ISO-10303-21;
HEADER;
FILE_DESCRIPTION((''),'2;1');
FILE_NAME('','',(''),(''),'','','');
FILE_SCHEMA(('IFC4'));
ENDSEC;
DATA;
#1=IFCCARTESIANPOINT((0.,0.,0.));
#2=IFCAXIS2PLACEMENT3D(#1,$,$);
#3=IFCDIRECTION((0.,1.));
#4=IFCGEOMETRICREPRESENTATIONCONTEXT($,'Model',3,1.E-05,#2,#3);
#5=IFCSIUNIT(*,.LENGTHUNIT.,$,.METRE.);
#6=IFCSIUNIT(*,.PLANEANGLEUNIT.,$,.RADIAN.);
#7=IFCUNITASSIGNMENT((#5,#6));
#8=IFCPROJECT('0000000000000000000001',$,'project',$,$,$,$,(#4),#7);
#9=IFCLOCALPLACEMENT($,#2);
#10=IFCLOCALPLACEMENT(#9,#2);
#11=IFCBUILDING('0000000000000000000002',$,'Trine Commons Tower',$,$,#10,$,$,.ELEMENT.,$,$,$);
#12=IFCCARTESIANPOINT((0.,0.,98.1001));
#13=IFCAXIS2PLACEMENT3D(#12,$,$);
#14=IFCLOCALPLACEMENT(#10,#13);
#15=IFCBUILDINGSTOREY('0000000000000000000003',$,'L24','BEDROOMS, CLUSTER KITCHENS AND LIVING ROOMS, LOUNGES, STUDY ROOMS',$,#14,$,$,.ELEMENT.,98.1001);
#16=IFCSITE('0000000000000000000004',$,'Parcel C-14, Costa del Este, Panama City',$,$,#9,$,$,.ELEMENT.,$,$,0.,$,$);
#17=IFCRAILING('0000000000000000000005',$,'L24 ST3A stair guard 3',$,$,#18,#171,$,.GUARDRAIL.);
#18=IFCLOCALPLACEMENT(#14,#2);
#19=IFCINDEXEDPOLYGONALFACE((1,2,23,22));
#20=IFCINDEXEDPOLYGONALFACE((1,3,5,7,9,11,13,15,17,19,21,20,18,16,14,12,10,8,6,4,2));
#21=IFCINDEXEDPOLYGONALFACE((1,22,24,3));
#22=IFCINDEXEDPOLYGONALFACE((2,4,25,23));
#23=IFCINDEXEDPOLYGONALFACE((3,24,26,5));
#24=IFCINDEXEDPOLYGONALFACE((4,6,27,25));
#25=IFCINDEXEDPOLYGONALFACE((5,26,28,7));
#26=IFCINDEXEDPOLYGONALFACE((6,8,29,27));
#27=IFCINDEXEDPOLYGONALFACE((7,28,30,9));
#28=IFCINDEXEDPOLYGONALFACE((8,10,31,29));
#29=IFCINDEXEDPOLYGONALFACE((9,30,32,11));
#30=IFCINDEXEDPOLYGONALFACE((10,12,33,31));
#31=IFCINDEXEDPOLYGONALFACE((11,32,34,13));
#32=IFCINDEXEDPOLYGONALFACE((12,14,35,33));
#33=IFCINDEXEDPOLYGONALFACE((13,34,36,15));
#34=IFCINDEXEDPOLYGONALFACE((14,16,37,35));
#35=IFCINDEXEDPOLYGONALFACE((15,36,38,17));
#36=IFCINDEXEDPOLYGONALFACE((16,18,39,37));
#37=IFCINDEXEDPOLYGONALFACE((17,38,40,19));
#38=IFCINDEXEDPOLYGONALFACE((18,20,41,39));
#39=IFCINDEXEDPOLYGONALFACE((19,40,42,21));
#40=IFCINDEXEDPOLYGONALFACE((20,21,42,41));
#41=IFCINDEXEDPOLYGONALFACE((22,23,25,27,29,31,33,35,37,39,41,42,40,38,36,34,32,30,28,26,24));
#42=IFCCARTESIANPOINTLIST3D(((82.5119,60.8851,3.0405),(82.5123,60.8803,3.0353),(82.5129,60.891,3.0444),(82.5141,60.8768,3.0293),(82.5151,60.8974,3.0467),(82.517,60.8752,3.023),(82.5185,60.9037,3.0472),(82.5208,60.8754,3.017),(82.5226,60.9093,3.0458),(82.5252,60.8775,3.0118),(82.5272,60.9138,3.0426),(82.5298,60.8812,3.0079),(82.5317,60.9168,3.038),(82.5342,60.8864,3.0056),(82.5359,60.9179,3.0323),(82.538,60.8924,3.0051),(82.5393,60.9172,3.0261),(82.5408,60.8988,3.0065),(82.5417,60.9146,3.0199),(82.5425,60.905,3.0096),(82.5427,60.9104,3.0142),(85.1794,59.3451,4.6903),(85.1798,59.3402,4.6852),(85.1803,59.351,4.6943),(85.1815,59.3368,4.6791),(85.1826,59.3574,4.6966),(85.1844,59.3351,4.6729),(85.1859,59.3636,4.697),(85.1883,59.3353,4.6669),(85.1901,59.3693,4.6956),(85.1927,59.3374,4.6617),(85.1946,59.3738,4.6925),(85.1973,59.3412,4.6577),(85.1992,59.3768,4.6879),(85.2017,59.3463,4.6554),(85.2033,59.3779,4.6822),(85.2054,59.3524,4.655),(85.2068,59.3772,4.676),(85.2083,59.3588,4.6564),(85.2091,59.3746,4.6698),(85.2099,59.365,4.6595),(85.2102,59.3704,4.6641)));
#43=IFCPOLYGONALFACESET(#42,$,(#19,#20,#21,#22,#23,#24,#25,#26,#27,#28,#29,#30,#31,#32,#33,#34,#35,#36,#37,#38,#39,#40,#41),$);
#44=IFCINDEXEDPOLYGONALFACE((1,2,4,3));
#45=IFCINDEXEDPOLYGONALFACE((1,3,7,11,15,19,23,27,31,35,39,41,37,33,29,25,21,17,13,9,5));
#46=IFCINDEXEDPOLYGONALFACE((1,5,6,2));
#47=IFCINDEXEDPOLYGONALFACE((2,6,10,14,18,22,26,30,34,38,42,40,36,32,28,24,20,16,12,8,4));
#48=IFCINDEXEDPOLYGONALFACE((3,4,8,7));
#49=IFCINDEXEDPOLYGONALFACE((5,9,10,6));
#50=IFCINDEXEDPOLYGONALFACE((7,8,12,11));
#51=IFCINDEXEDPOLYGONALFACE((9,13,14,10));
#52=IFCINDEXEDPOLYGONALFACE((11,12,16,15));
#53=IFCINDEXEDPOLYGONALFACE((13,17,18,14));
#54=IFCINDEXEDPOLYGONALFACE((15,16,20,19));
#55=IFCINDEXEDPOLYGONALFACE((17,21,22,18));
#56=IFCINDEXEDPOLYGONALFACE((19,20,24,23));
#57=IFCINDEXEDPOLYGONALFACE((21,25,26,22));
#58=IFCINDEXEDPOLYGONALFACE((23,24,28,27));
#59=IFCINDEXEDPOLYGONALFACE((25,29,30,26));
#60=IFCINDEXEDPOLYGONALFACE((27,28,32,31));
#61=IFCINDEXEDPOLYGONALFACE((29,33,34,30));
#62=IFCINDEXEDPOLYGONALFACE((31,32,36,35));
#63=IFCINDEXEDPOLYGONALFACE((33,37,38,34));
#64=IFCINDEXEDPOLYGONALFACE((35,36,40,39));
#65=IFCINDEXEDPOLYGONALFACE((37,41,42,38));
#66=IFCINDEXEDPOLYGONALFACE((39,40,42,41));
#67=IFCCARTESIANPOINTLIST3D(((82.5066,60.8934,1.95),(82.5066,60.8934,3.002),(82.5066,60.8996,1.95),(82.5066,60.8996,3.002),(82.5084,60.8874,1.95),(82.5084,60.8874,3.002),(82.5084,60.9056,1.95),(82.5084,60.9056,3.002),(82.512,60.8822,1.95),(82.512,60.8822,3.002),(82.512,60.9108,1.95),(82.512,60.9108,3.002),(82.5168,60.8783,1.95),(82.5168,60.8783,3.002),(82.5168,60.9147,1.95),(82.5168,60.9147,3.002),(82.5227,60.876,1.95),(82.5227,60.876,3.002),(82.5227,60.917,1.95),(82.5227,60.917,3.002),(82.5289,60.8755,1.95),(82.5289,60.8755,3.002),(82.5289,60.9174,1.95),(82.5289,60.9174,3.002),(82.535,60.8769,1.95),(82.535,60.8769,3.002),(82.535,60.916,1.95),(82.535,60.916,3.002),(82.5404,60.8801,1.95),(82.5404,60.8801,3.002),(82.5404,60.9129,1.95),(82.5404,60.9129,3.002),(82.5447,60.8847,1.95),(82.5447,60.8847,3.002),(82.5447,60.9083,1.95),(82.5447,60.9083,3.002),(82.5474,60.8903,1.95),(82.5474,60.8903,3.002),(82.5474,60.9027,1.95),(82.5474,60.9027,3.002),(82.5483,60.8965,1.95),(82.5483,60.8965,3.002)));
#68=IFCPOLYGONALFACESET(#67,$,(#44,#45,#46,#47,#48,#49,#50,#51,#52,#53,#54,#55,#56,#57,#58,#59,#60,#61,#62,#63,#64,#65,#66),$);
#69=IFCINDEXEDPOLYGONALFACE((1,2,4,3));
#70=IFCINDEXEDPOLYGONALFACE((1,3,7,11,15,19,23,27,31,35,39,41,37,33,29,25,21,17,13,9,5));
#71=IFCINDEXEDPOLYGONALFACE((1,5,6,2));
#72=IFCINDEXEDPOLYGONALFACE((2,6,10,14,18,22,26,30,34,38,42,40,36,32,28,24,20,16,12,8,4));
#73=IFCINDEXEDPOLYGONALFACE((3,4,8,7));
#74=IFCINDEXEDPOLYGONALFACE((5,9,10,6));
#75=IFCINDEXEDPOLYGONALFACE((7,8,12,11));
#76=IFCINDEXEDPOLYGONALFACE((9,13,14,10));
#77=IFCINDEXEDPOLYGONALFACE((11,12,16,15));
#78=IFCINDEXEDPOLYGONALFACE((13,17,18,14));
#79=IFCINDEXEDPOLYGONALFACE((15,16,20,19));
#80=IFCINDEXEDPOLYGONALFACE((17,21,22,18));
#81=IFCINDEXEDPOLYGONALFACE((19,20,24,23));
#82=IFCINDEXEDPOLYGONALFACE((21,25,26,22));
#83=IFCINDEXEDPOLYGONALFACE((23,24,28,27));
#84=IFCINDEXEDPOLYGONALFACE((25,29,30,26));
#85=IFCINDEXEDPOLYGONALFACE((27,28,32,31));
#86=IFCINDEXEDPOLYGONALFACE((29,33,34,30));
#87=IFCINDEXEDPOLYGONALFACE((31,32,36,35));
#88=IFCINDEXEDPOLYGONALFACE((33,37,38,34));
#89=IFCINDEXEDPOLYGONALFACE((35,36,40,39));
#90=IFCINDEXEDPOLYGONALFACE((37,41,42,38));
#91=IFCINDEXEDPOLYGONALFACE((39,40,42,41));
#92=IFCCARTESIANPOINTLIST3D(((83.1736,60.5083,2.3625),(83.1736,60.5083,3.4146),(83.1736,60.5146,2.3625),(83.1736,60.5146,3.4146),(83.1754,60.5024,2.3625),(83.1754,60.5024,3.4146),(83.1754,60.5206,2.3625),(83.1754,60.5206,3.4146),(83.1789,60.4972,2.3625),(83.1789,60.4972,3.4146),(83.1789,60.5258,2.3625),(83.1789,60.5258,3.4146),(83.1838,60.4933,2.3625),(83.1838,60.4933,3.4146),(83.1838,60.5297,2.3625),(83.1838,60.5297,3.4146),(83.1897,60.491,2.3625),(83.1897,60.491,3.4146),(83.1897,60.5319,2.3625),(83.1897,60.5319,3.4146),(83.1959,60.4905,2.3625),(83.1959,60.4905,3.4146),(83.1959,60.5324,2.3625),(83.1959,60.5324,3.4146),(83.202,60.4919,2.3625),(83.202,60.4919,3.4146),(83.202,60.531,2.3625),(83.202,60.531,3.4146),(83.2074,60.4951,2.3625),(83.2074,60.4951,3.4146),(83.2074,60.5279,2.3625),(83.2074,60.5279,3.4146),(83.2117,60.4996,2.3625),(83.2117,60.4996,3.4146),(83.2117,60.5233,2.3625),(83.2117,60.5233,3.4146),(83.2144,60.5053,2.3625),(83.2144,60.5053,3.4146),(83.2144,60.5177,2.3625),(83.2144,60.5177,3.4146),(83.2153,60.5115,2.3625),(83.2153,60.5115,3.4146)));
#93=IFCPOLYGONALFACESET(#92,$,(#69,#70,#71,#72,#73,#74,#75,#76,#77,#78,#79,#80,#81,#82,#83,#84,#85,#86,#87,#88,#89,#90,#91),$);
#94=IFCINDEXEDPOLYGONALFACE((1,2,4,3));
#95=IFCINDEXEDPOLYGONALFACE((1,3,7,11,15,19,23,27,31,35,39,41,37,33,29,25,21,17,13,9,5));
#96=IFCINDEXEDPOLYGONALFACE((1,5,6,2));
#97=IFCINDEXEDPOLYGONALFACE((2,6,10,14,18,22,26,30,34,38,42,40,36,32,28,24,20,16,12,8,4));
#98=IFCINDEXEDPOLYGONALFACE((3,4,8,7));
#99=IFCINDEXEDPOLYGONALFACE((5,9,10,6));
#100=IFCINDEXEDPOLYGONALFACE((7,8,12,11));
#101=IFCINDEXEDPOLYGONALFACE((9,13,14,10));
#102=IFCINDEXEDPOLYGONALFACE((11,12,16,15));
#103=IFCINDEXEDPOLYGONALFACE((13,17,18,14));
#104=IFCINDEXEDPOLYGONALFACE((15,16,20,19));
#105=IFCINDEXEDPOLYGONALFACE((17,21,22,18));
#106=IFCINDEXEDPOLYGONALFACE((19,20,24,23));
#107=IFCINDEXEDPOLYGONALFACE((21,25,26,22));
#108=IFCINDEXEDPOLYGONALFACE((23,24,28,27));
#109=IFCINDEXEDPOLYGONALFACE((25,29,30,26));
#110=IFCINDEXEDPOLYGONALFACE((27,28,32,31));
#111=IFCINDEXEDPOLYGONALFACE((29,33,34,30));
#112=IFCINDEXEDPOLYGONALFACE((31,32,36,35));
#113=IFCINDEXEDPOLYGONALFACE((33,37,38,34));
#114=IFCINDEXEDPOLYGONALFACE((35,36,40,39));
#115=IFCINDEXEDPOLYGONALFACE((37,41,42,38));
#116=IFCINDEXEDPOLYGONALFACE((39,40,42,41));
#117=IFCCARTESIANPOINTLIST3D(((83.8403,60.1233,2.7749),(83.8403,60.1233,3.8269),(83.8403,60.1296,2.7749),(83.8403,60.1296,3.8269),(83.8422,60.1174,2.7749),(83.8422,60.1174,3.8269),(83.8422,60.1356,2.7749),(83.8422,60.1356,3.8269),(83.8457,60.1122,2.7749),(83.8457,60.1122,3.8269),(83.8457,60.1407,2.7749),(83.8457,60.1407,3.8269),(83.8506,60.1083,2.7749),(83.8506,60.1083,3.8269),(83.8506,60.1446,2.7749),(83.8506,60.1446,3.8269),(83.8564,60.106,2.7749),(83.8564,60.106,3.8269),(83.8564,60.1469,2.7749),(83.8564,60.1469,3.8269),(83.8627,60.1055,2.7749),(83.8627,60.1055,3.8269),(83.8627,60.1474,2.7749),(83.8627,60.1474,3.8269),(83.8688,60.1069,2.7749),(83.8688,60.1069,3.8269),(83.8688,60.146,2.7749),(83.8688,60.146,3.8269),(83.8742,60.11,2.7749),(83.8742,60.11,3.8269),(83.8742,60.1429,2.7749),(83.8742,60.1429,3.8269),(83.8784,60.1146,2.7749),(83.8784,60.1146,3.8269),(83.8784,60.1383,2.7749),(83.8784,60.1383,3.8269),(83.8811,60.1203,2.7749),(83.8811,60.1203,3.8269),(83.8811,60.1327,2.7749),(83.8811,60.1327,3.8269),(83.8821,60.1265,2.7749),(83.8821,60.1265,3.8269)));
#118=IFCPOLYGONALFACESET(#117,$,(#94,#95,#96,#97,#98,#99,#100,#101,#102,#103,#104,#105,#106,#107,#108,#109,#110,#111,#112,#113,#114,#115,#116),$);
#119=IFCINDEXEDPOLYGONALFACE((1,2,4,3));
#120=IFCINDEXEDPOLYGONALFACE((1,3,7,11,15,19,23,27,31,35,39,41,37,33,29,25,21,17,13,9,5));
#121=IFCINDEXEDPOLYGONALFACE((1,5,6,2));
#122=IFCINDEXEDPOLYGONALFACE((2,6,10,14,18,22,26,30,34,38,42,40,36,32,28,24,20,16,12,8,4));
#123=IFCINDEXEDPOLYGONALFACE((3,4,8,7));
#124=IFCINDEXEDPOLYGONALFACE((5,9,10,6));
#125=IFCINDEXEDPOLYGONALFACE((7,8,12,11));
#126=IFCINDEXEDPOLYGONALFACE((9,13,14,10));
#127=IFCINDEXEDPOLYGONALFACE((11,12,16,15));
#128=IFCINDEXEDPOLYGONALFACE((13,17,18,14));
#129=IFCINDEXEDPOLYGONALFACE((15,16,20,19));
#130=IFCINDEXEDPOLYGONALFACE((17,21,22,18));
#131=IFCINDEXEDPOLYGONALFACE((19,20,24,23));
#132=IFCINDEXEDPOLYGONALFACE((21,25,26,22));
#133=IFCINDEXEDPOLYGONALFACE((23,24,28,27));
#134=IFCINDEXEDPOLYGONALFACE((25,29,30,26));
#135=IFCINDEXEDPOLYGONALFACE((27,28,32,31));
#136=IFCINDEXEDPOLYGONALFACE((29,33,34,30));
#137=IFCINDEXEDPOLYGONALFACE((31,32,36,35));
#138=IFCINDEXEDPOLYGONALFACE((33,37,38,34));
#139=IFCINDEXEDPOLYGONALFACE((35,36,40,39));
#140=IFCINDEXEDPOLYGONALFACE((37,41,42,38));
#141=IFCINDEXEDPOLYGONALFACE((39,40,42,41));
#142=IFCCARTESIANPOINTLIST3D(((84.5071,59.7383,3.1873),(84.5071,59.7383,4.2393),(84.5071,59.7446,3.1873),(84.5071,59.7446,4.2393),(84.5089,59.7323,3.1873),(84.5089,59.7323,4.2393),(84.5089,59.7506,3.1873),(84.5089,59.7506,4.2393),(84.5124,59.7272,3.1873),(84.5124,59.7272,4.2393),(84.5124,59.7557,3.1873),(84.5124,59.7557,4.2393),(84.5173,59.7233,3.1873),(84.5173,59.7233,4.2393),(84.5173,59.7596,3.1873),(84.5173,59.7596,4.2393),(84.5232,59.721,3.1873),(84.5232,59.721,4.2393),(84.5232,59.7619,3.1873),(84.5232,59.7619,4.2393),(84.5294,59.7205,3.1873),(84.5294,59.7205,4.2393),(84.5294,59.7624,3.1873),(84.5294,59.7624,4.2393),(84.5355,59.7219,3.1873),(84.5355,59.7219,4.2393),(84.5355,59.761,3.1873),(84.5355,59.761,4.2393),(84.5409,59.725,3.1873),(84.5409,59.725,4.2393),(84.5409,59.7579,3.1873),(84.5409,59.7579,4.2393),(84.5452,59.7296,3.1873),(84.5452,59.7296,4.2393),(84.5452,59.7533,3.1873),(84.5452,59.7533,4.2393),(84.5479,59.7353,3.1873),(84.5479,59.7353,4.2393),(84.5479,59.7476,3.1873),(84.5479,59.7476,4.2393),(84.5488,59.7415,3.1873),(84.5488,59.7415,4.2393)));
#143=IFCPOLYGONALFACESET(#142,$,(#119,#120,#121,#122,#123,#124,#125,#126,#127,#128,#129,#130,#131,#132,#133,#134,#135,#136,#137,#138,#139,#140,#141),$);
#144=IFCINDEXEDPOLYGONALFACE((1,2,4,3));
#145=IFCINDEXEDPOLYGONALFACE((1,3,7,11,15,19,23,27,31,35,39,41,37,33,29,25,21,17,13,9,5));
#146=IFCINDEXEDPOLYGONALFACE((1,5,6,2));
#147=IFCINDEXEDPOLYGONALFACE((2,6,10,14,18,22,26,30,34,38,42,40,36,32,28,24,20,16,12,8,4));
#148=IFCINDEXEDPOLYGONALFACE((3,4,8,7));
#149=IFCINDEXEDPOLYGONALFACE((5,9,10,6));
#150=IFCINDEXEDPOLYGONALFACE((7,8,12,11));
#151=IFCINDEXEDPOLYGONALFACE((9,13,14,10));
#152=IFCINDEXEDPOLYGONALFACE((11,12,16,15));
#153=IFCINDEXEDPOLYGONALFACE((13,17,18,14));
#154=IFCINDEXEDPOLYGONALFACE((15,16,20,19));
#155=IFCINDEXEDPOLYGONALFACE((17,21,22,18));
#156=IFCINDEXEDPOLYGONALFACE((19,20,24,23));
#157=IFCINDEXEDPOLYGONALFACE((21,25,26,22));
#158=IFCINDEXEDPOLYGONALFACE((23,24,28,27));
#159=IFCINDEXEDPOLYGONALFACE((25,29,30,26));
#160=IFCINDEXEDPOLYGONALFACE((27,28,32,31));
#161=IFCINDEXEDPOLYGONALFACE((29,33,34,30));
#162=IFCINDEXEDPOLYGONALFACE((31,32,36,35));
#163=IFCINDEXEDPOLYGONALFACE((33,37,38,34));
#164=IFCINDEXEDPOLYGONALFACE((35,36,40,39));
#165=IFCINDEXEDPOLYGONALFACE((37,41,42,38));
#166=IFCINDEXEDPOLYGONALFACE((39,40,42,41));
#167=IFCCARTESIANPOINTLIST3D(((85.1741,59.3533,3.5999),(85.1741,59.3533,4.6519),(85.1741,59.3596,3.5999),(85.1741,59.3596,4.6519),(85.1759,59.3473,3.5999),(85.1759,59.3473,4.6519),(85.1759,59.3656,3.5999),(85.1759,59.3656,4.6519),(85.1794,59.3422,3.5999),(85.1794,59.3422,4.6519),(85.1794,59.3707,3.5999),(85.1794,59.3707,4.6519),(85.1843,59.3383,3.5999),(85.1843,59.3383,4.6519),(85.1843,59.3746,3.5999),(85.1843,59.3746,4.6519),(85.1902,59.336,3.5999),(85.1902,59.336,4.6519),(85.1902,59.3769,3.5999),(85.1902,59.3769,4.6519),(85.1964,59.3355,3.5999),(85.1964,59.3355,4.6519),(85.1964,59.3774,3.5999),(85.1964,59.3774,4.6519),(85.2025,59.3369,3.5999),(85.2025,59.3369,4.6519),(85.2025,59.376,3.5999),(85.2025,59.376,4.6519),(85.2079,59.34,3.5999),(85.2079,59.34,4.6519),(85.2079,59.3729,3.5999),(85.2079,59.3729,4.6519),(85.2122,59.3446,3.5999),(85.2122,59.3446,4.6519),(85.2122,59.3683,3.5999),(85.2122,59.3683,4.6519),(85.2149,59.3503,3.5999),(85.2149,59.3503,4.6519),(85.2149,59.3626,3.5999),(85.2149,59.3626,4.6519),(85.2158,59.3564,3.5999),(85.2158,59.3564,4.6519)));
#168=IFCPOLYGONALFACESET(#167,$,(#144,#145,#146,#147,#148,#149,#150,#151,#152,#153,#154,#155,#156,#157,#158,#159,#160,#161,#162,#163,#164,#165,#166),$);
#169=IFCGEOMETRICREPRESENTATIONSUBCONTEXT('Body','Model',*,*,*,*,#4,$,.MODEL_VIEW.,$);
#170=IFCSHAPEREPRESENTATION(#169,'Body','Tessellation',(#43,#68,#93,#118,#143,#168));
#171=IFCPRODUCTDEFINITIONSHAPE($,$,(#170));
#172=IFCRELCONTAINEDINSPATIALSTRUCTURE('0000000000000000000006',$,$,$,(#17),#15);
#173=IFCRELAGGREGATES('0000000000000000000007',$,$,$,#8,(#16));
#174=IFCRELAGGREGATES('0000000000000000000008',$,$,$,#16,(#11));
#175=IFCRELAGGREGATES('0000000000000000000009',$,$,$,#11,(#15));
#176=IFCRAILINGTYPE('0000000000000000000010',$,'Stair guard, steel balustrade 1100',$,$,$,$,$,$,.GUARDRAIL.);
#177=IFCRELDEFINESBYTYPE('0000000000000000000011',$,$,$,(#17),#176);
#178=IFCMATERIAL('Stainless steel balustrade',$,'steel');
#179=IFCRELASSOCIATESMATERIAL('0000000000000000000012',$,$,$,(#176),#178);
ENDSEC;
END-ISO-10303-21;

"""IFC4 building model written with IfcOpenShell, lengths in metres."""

from ifc_helpers import new_model, si_unit, direction, frame, origin, origin_2d, place, context, subcontext, project, spatial, circle, extrude, material, type_object, element, save


model = new_model("IFC4")

# Units and contexts
model_context = context("Model", 3, precision=1e-05, world=origin(), true_north=direction((0.0, 1.0)))
body_context = subcontext(model_context, "Body", "Model", "MODEL_VIEW")
ifc_project = project(units=[si_unit("LENGTHUNIT", "METRE"), si_unit("PLANEANGLEUNIT", "RADIAN")], contexts=[model_context])

# Site, building, storey
site_placement = place(None, origin())
site = spatial("IfcSite", under=ifc_project, at=site_placement, Name="Parcel C-14, Costa del Este, Panama City", CompositionType="ELEMENT", RefElevation=0.0)
building_placement = place(site_placement, origin())
building = spatial("IfcBuilding", under=site, at=building_placement, Name="Trine Commons Tower", CompositionType="ELEMENT")
storey_placement = place(building_placement, frame((0.0, 0.0, 98.1001)))
storey = spatial("IfcBuildingStorey", under=building, at=storey_placement, Name="L24", Description="BEDROOMS, CLUSTER KITCHENS AND LIVING ROOMS, LOUNGES, STUDY ROOMS", CompositionType="ELEMENT", Elevation=98.1001)

# Railing
ifc_material_1 = material(Name="Stainless steel balustrade", Category="steel")
railing_type_1 = type_object("IfcRailingType", Name="Stair guard, steel balustrade 1100", PredefinedType="GUARDRAIL", material=ifc_material_1)
railing_1_placement = place(storey_placement, frame((82.5273, 60.8965, 1.95)))
element("IfcRailing", 1, at=railing_1_placement, inside=storey, type_object=railing_type_1, Name="L24 ST3A stair guard 3", PredefinedType="GUARDRAIL", context=body_context, shape_type="SweptSolid", body=[
    extrude(circle(Radius=0.0239, at=origin_2d()), frame((0.0, 0.0, 1.0762), z_axis=(0.763405, -0.440743, 0.472185), x_axis=(0.499992, 0.86603, 0.0)), (0.0, 0.0, 1.0), 3.4941),
    extrude(circle(Radius=0.021, at=origin_2d()), origin(), (0.0, 0.0, 1.0), 1.052),
    extrude(circle(Radius=0.021, at=origin_2d()), frame((0.667, -0.385, 0.4126)), (0.0, 0.0, 1.0), 1.052),
    extrude(circle(Radius=0.021, at=origin_2d()), frame((1.3337, -0.77, 0.825)), (0.0, 0.0, 1.0), 1.052),
    extrude(circle(Radius=0.021, at=origin_2d()), frame((2.0005, -1.155, 1.2373)), (0.0, 0.0, 1.0), 1.052),
    extrude(circle(Radius=0.021, at=origin_2d()), frame((2.6675, -1.54, 1.6499)), (0.0, 0.0, 1.0), 1.052),
])

save(model, "model.ifc")
